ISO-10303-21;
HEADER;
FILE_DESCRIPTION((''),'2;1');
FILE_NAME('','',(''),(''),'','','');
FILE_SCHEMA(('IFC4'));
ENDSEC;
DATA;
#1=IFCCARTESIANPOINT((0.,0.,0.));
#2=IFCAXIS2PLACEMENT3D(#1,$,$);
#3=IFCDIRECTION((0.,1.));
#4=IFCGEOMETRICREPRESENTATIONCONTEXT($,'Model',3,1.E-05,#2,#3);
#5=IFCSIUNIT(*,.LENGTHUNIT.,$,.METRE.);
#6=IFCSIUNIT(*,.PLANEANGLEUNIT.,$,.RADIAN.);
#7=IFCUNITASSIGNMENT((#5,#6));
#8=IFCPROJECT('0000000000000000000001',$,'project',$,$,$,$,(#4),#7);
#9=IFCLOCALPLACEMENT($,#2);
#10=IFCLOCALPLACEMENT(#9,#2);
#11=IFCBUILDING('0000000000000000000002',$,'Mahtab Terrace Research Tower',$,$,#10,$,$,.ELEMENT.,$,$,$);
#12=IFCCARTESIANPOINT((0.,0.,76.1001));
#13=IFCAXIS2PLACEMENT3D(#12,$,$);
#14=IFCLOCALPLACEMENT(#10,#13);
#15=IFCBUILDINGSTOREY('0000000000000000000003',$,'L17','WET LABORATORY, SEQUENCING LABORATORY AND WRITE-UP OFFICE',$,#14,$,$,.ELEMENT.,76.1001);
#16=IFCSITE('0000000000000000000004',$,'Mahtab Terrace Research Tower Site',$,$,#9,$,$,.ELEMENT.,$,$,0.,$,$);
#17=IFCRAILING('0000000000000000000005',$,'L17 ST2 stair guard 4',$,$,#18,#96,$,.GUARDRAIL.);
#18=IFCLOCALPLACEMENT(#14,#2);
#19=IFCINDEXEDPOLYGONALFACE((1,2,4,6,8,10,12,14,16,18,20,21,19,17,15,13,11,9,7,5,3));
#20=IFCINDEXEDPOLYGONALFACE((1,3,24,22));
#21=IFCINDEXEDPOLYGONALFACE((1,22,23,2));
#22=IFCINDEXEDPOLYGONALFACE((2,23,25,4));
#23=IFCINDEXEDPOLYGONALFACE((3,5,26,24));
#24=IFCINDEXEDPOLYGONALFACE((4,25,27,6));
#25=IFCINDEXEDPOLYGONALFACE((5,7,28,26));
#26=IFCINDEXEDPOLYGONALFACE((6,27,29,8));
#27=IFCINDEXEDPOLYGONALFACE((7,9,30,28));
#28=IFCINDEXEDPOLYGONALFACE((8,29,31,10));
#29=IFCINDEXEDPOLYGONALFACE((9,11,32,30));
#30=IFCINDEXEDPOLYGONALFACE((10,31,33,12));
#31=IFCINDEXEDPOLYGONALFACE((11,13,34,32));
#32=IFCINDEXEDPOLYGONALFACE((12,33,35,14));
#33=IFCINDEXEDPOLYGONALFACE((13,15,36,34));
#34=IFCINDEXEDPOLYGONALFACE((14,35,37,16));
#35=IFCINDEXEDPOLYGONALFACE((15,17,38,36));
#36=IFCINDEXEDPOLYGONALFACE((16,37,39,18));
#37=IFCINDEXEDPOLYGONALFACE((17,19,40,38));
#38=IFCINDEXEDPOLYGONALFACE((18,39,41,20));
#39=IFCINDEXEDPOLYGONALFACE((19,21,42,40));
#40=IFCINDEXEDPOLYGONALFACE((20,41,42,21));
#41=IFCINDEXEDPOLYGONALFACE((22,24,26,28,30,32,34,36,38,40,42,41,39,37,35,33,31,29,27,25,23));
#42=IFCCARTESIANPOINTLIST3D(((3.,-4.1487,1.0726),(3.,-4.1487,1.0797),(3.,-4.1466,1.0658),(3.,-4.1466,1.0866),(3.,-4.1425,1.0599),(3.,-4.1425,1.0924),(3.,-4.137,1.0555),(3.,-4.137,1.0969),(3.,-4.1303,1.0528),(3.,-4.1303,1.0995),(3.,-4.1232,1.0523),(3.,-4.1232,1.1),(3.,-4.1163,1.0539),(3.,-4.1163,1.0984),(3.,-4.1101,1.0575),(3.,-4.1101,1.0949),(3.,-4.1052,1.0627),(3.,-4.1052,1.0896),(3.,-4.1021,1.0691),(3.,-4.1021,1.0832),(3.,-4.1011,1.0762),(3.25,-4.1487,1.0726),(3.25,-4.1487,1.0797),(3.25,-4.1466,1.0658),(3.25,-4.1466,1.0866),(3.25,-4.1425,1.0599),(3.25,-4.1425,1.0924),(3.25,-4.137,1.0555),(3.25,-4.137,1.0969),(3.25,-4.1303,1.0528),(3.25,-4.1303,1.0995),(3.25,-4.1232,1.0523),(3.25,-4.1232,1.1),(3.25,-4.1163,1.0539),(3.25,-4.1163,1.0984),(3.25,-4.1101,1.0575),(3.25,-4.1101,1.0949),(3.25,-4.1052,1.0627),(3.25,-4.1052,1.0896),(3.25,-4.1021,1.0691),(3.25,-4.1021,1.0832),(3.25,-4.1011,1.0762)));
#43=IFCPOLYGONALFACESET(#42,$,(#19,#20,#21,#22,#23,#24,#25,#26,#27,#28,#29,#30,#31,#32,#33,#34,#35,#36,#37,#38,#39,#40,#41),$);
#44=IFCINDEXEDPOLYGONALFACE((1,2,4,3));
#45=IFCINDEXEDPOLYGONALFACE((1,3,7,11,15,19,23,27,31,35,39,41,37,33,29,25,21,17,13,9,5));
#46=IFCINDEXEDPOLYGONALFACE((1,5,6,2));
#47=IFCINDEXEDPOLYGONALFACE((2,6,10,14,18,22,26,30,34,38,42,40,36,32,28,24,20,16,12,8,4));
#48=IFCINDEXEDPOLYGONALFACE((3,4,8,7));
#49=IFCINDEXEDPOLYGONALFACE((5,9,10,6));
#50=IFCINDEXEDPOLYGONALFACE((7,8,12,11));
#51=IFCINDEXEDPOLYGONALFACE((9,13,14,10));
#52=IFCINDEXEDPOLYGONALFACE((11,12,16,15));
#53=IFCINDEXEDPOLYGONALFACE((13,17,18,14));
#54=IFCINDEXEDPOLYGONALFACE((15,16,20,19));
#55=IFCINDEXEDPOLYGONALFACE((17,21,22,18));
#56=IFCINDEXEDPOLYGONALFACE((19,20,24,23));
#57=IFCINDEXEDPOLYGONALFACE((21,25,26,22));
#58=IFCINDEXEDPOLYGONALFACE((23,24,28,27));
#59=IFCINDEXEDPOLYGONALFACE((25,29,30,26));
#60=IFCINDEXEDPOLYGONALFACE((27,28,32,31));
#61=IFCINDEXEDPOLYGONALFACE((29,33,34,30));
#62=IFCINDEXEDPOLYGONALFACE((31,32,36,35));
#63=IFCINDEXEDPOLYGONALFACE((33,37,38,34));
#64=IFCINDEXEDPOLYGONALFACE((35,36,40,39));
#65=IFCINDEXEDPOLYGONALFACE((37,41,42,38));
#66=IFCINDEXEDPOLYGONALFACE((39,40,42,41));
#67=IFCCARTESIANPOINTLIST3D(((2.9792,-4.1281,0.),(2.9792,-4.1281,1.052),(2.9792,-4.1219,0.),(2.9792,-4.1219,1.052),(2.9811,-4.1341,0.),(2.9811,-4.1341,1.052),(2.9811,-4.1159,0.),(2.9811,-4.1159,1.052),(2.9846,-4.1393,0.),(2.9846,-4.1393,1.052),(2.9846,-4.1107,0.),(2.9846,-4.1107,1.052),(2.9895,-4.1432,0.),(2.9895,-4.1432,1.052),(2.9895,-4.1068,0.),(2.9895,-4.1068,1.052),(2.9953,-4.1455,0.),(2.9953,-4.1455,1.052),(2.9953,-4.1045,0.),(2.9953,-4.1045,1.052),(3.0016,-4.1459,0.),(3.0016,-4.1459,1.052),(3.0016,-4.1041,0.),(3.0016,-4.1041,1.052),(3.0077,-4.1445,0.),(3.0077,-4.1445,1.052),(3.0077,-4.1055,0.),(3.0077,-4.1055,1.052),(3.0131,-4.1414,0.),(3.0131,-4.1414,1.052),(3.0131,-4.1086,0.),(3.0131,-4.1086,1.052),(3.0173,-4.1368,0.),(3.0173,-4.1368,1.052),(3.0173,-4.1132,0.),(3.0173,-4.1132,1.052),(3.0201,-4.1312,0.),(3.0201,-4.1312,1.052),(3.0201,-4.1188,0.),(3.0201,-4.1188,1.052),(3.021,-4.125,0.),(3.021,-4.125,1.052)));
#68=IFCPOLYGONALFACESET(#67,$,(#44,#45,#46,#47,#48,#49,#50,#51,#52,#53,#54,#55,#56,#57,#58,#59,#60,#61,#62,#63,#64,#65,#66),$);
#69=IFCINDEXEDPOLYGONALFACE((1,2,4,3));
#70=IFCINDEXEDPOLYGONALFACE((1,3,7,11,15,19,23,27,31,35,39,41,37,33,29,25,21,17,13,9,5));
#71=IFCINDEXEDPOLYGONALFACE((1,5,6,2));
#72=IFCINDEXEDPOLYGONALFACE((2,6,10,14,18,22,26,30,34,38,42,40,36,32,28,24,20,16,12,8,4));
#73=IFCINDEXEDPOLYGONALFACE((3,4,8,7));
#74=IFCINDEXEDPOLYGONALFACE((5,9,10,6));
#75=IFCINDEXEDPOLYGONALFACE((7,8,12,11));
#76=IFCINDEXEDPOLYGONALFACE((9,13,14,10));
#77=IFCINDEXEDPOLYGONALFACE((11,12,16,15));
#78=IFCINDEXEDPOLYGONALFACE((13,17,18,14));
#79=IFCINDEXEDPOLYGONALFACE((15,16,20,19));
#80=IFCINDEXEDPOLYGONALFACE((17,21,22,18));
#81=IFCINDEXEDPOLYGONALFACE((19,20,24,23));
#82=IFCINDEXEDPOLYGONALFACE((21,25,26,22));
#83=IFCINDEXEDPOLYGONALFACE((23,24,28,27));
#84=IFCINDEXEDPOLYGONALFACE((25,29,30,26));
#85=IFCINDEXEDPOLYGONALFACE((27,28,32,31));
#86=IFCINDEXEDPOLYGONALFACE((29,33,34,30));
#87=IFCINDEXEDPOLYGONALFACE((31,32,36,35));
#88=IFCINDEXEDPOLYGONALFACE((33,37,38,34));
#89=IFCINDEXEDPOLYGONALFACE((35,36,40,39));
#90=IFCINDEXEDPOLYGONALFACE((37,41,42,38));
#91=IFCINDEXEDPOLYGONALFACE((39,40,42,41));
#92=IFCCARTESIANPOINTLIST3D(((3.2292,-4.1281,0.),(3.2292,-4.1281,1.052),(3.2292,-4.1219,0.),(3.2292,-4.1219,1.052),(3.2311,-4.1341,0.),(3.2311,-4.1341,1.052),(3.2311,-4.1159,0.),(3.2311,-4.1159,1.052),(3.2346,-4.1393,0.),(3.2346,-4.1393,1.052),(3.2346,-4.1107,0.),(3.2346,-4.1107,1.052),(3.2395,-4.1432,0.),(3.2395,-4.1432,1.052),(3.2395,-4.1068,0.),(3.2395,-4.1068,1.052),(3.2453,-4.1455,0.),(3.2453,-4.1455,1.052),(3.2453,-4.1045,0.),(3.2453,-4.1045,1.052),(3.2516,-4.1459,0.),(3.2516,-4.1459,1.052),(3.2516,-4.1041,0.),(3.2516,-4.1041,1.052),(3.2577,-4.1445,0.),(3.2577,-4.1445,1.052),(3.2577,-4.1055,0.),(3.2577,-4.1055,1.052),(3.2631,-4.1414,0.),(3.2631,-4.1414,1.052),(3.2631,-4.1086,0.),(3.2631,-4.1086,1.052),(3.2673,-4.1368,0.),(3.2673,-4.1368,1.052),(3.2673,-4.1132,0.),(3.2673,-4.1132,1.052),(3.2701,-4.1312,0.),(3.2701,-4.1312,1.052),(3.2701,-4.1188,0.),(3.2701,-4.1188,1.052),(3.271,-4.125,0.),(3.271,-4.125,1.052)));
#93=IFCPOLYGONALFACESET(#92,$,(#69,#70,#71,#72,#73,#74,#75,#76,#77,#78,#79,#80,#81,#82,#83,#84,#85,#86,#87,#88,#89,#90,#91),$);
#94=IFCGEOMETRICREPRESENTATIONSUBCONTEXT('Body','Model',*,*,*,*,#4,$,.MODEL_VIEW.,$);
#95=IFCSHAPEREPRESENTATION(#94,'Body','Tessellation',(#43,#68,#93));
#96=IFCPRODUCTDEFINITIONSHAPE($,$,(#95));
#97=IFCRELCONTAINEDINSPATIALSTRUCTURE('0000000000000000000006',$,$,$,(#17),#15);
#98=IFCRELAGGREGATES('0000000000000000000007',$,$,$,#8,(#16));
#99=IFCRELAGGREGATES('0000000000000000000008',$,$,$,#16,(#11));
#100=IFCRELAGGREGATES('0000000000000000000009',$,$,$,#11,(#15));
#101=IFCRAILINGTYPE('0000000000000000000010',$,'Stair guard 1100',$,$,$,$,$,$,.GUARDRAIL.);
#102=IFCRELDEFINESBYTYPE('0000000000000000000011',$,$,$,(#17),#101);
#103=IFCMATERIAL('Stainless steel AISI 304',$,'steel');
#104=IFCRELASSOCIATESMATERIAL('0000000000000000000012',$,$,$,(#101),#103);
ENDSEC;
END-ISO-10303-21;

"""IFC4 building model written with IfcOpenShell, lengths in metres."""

from ifc_helpers import new_model, si_unit, direction, frame, origin, origin_2d, place, context, subcontext, project, spatial, circle, extrude, material, type_object, element, save


model = new_model("IFC4")

# Units and contexts
model_context = context("Model", 3, precision=1e-05, world=origin(), true_north=direction((0.0, 1.0)))
body_context = subcontext(model_context, "Body", "Model", "MODEL_VIEW")
ifc_project = project(units=[si_unit("LENGTHUNIT", "METRE"), si_unit("PLANEANGLEUNIT", "RADIAN")], contexts=[model_context])

# Site, building, storey
site_placement = place(None, origin())
site = spatial("IfcSite", under=ifc_project, at=site_placement, Name="Mahtab Terrace Research Tower Site", CompositionType="ELEMENT", RefElevation=0.0)
building_placement = place(site_placement, origin())
building = spatial("IfcBuilding", under=site, at=building_placement, Name="Mahtab Terrace Research Tower", CompositionType="ELEMENT")
storey_placement = place(building_placement, frame((0.0, 0.0, 76.1001)))
storey = spatial("IfcBuildingStorey", under=building, at=storey_placement, Name="L17", Description="WET LABORATORY, SEQUENCING LABORATORY AND WRITE-UP OFFICE", CompositionType="ELEMENT", Elevation=76.1001)

# Railing
ifc_material_1 = material(Name="Stainless steel AISI 304", Category="steel")
railing_type_1 = type_object("IfcRailingType", Name="Stair guard 1100", PredefinedType="GUARDRAIL", material=ifc_material_1)
railing_1_placement = place(storey_placement, frame((3.0, -4.125, 0.0)))
element("IfcRailing", 1, at=railing_1_placement, inside=storey, type_object=railing_type_1, Name="L17 ST2 stair guard 4", PredefinedType="GUARDRAIL", context=body_context, shape_type="SweptSolid", body=[
    extrude(circle(Radius=0.0239, at=origin_2d()), frame((0.0, 0.0, 1.0762), z_axis=(1.0, 0.0, 0.0), x_axis=(0.0, 1.0, 0.0)), (0.0, 0.0, 1.0), 0.25),
    extrude(circle(Radius=0.021, at=origin_2d()), origin(), (0.0, 0.0, 1.0), 1.052),
    extrude(circle(Radius=0.021, at=origin_2d()), frame((0.25, 0.0, 0.0)), (0.0, 0.0, 1.0), 1.052),
])

save(model, "model.ifc")
